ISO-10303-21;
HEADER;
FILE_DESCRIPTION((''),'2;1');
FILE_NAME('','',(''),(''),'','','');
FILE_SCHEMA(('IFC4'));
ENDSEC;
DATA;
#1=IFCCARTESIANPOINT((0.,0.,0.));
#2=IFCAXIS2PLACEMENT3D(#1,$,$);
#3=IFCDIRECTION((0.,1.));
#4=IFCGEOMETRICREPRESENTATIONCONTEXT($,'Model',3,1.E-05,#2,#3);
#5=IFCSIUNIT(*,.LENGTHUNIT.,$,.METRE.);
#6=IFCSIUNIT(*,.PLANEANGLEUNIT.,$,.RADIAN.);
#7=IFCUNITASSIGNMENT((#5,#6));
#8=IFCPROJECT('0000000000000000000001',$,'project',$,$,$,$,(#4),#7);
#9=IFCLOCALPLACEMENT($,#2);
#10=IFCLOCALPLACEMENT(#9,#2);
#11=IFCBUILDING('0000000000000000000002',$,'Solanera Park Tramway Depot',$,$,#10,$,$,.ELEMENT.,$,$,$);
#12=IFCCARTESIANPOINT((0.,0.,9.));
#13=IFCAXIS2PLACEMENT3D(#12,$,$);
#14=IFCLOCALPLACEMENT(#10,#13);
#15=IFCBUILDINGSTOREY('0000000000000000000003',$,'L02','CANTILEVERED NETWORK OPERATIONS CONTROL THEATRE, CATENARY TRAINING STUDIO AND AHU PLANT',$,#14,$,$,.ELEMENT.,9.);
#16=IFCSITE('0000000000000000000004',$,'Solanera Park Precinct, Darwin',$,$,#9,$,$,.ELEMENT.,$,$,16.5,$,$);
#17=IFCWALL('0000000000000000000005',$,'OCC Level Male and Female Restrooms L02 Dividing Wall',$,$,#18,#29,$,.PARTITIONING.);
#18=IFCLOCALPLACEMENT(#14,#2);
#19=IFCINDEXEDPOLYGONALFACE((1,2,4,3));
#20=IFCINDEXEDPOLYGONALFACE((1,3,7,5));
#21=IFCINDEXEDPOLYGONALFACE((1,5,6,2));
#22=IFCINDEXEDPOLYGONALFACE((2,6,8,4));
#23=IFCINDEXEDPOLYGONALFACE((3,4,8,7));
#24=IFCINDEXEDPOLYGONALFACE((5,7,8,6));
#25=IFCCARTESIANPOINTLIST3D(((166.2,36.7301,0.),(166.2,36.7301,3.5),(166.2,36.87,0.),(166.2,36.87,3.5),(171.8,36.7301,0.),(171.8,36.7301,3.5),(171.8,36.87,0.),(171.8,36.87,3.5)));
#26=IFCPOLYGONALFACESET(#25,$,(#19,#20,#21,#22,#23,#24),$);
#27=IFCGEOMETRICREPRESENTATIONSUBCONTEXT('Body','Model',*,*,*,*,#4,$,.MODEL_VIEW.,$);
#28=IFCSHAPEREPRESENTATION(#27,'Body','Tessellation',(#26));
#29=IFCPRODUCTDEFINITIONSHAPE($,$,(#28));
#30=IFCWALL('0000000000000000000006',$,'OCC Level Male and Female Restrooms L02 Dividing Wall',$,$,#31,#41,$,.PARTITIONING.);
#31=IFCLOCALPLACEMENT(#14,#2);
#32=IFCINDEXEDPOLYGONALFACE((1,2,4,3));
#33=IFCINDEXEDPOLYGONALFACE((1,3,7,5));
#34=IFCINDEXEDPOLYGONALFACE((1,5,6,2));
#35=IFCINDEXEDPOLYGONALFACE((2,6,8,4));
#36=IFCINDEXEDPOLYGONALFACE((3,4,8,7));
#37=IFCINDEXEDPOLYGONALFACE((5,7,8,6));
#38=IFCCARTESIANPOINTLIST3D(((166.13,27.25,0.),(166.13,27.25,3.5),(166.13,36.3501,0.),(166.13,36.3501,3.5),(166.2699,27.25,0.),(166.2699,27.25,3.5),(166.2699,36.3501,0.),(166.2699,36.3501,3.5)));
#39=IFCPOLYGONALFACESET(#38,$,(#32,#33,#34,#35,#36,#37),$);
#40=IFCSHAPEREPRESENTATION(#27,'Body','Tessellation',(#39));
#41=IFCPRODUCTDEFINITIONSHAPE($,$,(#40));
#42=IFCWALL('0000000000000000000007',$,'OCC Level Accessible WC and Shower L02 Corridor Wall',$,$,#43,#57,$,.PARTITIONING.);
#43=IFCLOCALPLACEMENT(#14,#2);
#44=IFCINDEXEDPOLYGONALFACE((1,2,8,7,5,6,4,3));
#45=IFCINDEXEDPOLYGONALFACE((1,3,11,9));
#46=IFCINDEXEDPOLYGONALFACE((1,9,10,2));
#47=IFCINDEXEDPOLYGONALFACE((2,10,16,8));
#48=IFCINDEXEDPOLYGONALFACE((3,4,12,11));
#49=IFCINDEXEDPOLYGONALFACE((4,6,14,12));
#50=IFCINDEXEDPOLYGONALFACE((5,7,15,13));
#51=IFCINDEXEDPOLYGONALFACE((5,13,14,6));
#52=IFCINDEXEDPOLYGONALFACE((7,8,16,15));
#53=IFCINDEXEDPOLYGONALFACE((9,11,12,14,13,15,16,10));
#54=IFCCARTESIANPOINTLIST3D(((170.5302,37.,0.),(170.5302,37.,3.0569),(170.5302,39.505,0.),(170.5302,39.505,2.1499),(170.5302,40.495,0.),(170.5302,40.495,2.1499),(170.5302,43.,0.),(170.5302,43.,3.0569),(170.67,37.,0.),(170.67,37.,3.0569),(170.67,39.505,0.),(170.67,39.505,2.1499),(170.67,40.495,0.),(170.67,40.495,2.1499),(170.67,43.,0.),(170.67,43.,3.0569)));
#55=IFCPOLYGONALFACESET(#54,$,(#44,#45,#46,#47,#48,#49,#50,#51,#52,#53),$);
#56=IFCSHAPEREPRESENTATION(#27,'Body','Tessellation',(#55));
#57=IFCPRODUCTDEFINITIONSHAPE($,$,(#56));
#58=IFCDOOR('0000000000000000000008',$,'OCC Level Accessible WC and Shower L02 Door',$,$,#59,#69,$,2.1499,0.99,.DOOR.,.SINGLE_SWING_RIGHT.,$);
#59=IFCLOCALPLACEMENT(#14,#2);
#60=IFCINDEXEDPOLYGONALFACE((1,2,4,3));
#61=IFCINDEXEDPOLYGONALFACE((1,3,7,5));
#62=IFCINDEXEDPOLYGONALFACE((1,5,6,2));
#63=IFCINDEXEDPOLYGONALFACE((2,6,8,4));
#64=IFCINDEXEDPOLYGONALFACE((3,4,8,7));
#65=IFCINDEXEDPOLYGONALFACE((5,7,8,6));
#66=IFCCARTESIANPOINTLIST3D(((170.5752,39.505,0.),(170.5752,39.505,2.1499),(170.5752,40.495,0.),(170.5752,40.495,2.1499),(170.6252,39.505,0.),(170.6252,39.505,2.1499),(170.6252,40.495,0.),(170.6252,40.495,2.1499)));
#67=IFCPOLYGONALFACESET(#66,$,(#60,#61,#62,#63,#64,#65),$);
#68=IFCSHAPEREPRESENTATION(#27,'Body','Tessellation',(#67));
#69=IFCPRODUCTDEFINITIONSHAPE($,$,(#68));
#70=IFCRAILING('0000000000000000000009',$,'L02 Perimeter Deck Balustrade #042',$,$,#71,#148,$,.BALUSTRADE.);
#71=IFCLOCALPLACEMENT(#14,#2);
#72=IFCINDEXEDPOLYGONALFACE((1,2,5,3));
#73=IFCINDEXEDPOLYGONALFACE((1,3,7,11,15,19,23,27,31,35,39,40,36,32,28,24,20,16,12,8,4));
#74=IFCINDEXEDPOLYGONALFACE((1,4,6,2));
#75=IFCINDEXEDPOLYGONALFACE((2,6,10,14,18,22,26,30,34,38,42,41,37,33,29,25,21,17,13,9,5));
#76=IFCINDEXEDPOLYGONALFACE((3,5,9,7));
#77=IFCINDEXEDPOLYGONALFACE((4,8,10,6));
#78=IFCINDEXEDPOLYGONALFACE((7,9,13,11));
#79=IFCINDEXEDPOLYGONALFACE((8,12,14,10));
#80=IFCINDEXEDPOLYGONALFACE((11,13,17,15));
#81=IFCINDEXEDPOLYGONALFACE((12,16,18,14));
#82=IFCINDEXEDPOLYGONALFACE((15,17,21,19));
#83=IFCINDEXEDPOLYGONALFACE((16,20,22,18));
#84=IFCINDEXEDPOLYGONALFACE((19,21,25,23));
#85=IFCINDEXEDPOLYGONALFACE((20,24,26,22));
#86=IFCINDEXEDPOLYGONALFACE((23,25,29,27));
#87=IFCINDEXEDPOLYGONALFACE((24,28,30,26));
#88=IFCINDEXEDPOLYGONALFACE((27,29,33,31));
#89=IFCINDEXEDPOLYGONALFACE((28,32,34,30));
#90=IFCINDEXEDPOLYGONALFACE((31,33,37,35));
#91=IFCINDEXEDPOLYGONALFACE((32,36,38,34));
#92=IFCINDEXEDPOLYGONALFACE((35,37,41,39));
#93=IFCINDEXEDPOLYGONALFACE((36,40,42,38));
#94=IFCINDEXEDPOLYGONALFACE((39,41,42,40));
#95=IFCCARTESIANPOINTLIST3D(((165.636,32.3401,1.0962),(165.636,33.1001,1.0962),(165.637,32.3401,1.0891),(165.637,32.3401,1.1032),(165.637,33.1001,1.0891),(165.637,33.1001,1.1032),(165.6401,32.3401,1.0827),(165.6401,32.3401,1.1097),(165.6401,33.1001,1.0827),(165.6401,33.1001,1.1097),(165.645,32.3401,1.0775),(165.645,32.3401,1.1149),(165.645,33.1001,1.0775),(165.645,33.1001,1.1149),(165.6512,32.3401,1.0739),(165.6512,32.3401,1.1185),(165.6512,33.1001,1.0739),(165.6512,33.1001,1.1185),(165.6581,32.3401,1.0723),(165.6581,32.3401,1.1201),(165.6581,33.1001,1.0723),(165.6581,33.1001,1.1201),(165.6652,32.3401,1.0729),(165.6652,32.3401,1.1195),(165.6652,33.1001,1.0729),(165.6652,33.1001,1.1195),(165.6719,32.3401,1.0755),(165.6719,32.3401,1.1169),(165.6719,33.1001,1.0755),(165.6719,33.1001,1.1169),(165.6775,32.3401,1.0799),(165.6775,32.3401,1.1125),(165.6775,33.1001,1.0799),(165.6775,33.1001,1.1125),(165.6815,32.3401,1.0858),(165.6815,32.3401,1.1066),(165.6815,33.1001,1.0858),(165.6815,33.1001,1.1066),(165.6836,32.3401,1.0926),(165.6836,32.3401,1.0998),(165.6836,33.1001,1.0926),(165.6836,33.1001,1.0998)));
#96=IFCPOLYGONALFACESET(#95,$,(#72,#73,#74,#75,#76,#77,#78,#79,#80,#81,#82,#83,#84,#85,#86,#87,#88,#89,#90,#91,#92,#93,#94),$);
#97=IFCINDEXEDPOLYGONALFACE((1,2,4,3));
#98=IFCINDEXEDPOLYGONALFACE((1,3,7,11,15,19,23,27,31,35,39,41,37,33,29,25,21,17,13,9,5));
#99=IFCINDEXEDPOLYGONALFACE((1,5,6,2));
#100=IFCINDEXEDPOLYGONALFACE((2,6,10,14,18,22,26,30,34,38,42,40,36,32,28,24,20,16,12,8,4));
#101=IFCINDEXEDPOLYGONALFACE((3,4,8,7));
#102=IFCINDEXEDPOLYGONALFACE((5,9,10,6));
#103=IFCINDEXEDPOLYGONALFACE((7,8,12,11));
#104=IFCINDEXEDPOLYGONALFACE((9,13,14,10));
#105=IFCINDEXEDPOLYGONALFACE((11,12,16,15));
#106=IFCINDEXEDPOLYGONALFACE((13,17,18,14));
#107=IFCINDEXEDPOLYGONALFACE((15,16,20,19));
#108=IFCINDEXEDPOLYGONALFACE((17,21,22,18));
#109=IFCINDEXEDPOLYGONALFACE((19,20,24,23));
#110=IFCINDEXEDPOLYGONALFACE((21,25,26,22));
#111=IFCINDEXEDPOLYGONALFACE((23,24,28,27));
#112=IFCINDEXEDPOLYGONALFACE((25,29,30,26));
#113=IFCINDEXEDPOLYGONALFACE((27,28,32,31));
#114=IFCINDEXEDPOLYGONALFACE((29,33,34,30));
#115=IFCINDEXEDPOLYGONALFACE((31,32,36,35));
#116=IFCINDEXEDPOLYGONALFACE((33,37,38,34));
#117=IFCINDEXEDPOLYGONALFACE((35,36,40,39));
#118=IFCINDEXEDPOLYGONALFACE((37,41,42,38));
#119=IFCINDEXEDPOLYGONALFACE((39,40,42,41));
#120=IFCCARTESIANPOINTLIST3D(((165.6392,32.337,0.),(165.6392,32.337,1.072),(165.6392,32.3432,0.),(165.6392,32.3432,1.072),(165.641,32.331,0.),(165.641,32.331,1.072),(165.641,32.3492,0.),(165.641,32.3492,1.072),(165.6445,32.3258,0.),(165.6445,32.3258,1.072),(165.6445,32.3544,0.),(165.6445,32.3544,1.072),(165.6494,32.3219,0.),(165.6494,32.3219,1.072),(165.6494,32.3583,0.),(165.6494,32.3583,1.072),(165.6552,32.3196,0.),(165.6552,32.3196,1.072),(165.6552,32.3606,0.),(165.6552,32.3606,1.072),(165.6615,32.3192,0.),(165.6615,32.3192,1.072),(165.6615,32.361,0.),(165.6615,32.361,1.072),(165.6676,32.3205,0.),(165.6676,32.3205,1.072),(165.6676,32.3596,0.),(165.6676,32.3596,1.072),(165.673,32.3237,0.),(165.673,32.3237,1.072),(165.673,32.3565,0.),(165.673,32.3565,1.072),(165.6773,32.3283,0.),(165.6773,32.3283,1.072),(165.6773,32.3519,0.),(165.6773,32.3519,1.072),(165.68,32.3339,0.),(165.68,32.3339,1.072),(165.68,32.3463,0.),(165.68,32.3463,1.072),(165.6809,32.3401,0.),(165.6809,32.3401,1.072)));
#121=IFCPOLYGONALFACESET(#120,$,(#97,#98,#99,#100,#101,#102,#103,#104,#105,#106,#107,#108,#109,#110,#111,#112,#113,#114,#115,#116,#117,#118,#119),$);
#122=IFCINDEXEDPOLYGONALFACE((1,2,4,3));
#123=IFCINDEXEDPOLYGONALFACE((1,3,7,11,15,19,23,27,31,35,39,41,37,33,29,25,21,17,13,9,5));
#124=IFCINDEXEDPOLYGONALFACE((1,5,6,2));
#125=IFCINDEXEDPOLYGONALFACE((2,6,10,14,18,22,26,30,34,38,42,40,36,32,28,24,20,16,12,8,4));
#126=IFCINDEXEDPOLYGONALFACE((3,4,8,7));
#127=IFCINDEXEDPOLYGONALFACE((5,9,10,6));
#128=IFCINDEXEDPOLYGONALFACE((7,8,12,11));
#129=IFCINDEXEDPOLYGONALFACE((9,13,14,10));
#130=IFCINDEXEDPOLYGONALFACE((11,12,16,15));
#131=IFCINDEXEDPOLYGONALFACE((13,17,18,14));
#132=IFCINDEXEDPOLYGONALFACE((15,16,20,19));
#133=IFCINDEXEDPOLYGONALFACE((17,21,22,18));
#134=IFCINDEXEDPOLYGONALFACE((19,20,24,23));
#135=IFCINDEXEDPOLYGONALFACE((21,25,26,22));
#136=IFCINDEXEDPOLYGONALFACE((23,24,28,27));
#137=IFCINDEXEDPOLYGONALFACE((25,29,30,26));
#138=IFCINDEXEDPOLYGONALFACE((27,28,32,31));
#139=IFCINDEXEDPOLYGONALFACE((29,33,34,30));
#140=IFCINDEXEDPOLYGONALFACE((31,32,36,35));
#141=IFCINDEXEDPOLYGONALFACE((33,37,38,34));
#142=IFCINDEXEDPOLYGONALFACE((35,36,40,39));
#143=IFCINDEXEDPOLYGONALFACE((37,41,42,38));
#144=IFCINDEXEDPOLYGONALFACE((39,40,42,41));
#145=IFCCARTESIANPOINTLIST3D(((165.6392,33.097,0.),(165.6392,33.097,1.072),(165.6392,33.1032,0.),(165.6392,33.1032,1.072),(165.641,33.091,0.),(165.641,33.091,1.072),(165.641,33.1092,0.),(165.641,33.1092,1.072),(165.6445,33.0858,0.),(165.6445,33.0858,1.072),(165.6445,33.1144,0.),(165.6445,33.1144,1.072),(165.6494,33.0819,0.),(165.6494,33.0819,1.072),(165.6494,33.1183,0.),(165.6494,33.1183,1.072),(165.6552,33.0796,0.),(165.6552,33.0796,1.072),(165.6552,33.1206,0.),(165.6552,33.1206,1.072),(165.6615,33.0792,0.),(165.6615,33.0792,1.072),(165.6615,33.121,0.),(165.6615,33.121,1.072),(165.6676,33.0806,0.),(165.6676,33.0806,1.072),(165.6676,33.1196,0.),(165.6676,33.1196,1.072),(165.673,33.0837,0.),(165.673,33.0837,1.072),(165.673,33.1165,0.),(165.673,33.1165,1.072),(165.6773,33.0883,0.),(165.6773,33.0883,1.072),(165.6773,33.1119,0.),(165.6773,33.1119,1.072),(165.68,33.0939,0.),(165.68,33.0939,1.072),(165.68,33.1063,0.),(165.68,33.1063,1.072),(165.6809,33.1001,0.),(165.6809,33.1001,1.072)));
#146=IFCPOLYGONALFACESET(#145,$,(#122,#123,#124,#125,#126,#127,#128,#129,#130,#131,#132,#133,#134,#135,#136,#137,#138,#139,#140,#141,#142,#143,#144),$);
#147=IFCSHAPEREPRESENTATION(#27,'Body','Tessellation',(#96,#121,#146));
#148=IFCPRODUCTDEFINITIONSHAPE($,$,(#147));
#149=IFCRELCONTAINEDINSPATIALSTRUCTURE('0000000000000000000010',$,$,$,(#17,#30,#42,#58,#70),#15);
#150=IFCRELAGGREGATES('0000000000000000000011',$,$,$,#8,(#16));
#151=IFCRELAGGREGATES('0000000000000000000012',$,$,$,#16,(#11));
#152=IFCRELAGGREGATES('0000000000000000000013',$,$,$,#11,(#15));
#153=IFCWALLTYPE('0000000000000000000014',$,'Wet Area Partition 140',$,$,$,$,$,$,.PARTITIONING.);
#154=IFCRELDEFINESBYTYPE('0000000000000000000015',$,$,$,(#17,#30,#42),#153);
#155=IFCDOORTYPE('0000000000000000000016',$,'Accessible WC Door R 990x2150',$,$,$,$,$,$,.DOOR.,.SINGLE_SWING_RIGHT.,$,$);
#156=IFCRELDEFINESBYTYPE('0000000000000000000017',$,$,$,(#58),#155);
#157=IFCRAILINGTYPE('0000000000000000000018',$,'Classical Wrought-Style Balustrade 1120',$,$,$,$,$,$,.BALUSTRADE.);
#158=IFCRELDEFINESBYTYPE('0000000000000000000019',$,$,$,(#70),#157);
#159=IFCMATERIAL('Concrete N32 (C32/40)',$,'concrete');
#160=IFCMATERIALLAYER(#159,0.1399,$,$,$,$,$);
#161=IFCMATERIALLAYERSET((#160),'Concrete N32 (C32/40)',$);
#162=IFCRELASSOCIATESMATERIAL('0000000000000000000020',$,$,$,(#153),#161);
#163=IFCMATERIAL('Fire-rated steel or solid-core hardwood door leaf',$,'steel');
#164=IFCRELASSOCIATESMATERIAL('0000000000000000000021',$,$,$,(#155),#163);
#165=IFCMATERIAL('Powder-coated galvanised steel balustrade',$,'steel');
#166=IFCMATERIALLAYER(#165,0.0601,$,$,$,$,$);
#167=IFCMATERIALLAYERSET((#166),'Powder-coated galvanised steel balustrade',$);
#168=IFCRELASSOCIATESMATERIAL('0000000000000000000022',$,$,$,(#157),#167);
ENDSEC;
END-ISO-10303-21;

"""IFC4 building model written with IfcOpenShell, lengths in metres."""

from ifc_helpers import new_model, si_unit, direction, frame, frame_2d, origin, origin_2d, place, context, subcontext, project, spatial, rectangle, circle, extrude, material, layer, layer_set, type_object, element, fill, save


model = new_model("IFC4")

# Units and contexts
model_context = context("Model", 3, precision=1e-05, world=origin(), true_north=direction((0.0, 1.0)))
body_context = subcontext(model_context, "Body", "Model", "MODEL_VIEW")
ifc_project = project(units=[si_unit("LENGTHUNIT", "METRE"), si_unit("PLANEANGLEUNIT", "RADIAN")], contexts=[model_context])

# Site, building, storey
site_placement = place(None, origin())
site = spatial("IfcSite", under=ifc_project, at=site_placement, Name="Solanera Park Precinct, Darwin", CompositionType="ELEMENT", RefElevation=16.5)
building_placement = place(site_placement, origin())
building = spatial("IfcBuilding", under=site, at=building_placement, Name="Solanera Park Tramway Depot", CompositionType="ELEMENT")
storey_placement = place(building_placement, frame((0.0, 0.0, 9.0)))
storey = spatial("IfcBuildingStorey", under=building, at=storey_placement, Name="L02", Description="CANTILEVERED NETWORK OPERATIONS CONTROL THEATRE, CATENARY TRAINING STUDIO AND AHU PLANT", CompositionType="ELEMENT", Elevation=9.0)

# Walls
ifc_material_1 = material(Name="Concrete N32 (C32/40)", Category="concrete")
ifc_layer_1 = layer(ifc_material_1, 0.1399)
ifc_layer_set_1 = layer_set([ifc_layer_1], Name="Concrete N32 (C32/40)")
wall_type = type_object("IfcWallType", Name="Wet Area Partition 140", PredefinedType="PARTITIONING", material=ifc_layer_set_1)
wall_1_placement = place(storey_placement, frame((166.2, 36.8, 0.0), z_axis=(0.0, 0.0, 1.0), x_axis=(1.0, 0.0, 0.0)))
element("IfcWall", 1, at=wall_1_placement, inside=storey, type_object=wall_type, Name="OCC Level Male and Female Restrooms L02 Dividing Wall", PredefinedType="PARTITIONING", context=body_context, shape_type="SweptSolid", body=[
    extrude(rectangle(XDim=5.6001, YDim=0.1399, at=frame_2d((2.8, 0.0))), origin(), (0.0, 0.0, 1.0), 3.5),
])
wall_2_placement = place(storey_placement, frame((166.2, 36.3501, 0.0), z_axis=(0.0, 0.0, 1.0), x_axis=(0.0, -1.0, 0.0)))
element("IfcWall", 2, at=wall_2_placement, inside=storey, type_object=wall_type, Name="OCC Level Male and Female Restrooms L02 Dividing Wall", PredefinedType="PARTITIONING", context=body_context, shape_type="SweptSolid", body=[
    extrude(rectangle(XDim=9.1001, YDim=0.1399, at=frame_2d((4.55, 0.0))), origin(), (0.0, 0.0, 1.0), 3.5),
])

# Wall, opening, door
wall_3_placement = place(storey_placement, frame((170.6001, 37.0, 0.0), z_axis=(0.0, 0.0, 1.0), x_axis=(0.0, 1.0, 0.0)))
wall_3 = element("IfcWall", 3, at=wall_3_placement, inside=storey, type_object=wall_type, Name="OCC Level Accessible WC and Shower L02 Corridor Wall", PredefinedType="PARTITIONING", context=body_context, shape_type="SweptSolid", body=[
    extrude(rectangle(XDim=6.0, YDim=0.1399, at=frame_2d((3.0, 0.0))), origin(), (0.0, 0.0, 1.0), 3.0569),
])
opening_placement = place(wall_3_placement, frame((2.5049, 0.0, 0.0)))
opening = element("IfcOpeningElement", 4, at=opening_placement, cuts=wall_3, PredefinedType="OPENING", context=body_context, shape_type="SweptSolid", body=[
    extrude(rectangle(XDim=0.99, YDim=2.1499, at=frame_2d((0.4951, 1.075))), frame((0.0, 0.0801, 0.0), z_axis=(0.0, -1.0, 0.0), x_axis=(1.0, 0.0, 0.0)), (0.0, 0.0, 1.0), 0.1599),
])
ifc_material_2 = material(Name="Fire-rated steel or solid-core hardwood door leaf", Category="steel")
door_type = type_object("IfcDoorType", Name="Accessible WC Door R 990x2150", OperationType="SINGLE_SWING_RIGHT", PredefinedType="DOOR", material=ifc_material_2)
door_placement = place(opening_placement, origin())
door = element("IfcDoor", 5, at=door_placement, inside=storey, type_object=door_type, Name="OCC Level Accessible WC and Shower L02 Door", OperationType="SINGLE_SWING_RIGHT", OverallHeight=2.1499, OverallWidth=0.99, PredefinedType="DOOR", context=body_context, shape_type="SweptSolid", body=[
    extrude(rectangle(XDim=0.99, YDim=2.1499, at=frame_2d((0.4951, 1.075))), frame((0.0, 0.0249, 0.0), z_axis=(0.0, -1.0, 0.0), x_axis=(1.0, 0.0, 0.0)), (0.0, 0.0, 1.0), 0.05),
])
fill(opening, door)

# Railing
ifc_material_3 = material(Name="Powder-coated galvanised steel balustrade", Category="steel")
ifc_layer_2 = layer(ifc_material_3, 0.0601)
ifc_layer_set_2 = layer_set([ifc_layer_2], Name="Powder-coated galvanised steel balustrade")
railing_type = type_object("IfcRailingType", Name="Classical Wrought-Style Balustrade 1120", PredefinedType="BALUSTRADE", material=ifc_layer_set_2)
railing_placement = place(storey_placement, frame((165.6599, 32.3401, 0.0)))
element("IfcRailing", 6, at=railing_placement, inside=storey, type_object=railing_type, Name="L02 Perimeter Deck Balustrade #042", PredefinedType="BALUSTRADE", context=body_context, shape_type="SweptSolid", body=[
    extrude(circle(Radius=0.0239, at=origin_2d()), frame((0.0, 0.0, 1.0962), z_axis=(0.0, 1.0, 0.0), x_axis=(-1.0, 0.0, 0.0)), (0.0, 0.0, 1.0), 0.76),
    extrude(circle(Radius=0.021, at=origin_2d()), origin(), (0.0, 0.0, 1.0), 1.072),
    extrude(circle(Radius=0.021, at=origin_2d()), frame((0.0, 0.76, 0.0)), (0.0, 0.0, 1.0), 1.072),
])

save(model, "model.ifc")
